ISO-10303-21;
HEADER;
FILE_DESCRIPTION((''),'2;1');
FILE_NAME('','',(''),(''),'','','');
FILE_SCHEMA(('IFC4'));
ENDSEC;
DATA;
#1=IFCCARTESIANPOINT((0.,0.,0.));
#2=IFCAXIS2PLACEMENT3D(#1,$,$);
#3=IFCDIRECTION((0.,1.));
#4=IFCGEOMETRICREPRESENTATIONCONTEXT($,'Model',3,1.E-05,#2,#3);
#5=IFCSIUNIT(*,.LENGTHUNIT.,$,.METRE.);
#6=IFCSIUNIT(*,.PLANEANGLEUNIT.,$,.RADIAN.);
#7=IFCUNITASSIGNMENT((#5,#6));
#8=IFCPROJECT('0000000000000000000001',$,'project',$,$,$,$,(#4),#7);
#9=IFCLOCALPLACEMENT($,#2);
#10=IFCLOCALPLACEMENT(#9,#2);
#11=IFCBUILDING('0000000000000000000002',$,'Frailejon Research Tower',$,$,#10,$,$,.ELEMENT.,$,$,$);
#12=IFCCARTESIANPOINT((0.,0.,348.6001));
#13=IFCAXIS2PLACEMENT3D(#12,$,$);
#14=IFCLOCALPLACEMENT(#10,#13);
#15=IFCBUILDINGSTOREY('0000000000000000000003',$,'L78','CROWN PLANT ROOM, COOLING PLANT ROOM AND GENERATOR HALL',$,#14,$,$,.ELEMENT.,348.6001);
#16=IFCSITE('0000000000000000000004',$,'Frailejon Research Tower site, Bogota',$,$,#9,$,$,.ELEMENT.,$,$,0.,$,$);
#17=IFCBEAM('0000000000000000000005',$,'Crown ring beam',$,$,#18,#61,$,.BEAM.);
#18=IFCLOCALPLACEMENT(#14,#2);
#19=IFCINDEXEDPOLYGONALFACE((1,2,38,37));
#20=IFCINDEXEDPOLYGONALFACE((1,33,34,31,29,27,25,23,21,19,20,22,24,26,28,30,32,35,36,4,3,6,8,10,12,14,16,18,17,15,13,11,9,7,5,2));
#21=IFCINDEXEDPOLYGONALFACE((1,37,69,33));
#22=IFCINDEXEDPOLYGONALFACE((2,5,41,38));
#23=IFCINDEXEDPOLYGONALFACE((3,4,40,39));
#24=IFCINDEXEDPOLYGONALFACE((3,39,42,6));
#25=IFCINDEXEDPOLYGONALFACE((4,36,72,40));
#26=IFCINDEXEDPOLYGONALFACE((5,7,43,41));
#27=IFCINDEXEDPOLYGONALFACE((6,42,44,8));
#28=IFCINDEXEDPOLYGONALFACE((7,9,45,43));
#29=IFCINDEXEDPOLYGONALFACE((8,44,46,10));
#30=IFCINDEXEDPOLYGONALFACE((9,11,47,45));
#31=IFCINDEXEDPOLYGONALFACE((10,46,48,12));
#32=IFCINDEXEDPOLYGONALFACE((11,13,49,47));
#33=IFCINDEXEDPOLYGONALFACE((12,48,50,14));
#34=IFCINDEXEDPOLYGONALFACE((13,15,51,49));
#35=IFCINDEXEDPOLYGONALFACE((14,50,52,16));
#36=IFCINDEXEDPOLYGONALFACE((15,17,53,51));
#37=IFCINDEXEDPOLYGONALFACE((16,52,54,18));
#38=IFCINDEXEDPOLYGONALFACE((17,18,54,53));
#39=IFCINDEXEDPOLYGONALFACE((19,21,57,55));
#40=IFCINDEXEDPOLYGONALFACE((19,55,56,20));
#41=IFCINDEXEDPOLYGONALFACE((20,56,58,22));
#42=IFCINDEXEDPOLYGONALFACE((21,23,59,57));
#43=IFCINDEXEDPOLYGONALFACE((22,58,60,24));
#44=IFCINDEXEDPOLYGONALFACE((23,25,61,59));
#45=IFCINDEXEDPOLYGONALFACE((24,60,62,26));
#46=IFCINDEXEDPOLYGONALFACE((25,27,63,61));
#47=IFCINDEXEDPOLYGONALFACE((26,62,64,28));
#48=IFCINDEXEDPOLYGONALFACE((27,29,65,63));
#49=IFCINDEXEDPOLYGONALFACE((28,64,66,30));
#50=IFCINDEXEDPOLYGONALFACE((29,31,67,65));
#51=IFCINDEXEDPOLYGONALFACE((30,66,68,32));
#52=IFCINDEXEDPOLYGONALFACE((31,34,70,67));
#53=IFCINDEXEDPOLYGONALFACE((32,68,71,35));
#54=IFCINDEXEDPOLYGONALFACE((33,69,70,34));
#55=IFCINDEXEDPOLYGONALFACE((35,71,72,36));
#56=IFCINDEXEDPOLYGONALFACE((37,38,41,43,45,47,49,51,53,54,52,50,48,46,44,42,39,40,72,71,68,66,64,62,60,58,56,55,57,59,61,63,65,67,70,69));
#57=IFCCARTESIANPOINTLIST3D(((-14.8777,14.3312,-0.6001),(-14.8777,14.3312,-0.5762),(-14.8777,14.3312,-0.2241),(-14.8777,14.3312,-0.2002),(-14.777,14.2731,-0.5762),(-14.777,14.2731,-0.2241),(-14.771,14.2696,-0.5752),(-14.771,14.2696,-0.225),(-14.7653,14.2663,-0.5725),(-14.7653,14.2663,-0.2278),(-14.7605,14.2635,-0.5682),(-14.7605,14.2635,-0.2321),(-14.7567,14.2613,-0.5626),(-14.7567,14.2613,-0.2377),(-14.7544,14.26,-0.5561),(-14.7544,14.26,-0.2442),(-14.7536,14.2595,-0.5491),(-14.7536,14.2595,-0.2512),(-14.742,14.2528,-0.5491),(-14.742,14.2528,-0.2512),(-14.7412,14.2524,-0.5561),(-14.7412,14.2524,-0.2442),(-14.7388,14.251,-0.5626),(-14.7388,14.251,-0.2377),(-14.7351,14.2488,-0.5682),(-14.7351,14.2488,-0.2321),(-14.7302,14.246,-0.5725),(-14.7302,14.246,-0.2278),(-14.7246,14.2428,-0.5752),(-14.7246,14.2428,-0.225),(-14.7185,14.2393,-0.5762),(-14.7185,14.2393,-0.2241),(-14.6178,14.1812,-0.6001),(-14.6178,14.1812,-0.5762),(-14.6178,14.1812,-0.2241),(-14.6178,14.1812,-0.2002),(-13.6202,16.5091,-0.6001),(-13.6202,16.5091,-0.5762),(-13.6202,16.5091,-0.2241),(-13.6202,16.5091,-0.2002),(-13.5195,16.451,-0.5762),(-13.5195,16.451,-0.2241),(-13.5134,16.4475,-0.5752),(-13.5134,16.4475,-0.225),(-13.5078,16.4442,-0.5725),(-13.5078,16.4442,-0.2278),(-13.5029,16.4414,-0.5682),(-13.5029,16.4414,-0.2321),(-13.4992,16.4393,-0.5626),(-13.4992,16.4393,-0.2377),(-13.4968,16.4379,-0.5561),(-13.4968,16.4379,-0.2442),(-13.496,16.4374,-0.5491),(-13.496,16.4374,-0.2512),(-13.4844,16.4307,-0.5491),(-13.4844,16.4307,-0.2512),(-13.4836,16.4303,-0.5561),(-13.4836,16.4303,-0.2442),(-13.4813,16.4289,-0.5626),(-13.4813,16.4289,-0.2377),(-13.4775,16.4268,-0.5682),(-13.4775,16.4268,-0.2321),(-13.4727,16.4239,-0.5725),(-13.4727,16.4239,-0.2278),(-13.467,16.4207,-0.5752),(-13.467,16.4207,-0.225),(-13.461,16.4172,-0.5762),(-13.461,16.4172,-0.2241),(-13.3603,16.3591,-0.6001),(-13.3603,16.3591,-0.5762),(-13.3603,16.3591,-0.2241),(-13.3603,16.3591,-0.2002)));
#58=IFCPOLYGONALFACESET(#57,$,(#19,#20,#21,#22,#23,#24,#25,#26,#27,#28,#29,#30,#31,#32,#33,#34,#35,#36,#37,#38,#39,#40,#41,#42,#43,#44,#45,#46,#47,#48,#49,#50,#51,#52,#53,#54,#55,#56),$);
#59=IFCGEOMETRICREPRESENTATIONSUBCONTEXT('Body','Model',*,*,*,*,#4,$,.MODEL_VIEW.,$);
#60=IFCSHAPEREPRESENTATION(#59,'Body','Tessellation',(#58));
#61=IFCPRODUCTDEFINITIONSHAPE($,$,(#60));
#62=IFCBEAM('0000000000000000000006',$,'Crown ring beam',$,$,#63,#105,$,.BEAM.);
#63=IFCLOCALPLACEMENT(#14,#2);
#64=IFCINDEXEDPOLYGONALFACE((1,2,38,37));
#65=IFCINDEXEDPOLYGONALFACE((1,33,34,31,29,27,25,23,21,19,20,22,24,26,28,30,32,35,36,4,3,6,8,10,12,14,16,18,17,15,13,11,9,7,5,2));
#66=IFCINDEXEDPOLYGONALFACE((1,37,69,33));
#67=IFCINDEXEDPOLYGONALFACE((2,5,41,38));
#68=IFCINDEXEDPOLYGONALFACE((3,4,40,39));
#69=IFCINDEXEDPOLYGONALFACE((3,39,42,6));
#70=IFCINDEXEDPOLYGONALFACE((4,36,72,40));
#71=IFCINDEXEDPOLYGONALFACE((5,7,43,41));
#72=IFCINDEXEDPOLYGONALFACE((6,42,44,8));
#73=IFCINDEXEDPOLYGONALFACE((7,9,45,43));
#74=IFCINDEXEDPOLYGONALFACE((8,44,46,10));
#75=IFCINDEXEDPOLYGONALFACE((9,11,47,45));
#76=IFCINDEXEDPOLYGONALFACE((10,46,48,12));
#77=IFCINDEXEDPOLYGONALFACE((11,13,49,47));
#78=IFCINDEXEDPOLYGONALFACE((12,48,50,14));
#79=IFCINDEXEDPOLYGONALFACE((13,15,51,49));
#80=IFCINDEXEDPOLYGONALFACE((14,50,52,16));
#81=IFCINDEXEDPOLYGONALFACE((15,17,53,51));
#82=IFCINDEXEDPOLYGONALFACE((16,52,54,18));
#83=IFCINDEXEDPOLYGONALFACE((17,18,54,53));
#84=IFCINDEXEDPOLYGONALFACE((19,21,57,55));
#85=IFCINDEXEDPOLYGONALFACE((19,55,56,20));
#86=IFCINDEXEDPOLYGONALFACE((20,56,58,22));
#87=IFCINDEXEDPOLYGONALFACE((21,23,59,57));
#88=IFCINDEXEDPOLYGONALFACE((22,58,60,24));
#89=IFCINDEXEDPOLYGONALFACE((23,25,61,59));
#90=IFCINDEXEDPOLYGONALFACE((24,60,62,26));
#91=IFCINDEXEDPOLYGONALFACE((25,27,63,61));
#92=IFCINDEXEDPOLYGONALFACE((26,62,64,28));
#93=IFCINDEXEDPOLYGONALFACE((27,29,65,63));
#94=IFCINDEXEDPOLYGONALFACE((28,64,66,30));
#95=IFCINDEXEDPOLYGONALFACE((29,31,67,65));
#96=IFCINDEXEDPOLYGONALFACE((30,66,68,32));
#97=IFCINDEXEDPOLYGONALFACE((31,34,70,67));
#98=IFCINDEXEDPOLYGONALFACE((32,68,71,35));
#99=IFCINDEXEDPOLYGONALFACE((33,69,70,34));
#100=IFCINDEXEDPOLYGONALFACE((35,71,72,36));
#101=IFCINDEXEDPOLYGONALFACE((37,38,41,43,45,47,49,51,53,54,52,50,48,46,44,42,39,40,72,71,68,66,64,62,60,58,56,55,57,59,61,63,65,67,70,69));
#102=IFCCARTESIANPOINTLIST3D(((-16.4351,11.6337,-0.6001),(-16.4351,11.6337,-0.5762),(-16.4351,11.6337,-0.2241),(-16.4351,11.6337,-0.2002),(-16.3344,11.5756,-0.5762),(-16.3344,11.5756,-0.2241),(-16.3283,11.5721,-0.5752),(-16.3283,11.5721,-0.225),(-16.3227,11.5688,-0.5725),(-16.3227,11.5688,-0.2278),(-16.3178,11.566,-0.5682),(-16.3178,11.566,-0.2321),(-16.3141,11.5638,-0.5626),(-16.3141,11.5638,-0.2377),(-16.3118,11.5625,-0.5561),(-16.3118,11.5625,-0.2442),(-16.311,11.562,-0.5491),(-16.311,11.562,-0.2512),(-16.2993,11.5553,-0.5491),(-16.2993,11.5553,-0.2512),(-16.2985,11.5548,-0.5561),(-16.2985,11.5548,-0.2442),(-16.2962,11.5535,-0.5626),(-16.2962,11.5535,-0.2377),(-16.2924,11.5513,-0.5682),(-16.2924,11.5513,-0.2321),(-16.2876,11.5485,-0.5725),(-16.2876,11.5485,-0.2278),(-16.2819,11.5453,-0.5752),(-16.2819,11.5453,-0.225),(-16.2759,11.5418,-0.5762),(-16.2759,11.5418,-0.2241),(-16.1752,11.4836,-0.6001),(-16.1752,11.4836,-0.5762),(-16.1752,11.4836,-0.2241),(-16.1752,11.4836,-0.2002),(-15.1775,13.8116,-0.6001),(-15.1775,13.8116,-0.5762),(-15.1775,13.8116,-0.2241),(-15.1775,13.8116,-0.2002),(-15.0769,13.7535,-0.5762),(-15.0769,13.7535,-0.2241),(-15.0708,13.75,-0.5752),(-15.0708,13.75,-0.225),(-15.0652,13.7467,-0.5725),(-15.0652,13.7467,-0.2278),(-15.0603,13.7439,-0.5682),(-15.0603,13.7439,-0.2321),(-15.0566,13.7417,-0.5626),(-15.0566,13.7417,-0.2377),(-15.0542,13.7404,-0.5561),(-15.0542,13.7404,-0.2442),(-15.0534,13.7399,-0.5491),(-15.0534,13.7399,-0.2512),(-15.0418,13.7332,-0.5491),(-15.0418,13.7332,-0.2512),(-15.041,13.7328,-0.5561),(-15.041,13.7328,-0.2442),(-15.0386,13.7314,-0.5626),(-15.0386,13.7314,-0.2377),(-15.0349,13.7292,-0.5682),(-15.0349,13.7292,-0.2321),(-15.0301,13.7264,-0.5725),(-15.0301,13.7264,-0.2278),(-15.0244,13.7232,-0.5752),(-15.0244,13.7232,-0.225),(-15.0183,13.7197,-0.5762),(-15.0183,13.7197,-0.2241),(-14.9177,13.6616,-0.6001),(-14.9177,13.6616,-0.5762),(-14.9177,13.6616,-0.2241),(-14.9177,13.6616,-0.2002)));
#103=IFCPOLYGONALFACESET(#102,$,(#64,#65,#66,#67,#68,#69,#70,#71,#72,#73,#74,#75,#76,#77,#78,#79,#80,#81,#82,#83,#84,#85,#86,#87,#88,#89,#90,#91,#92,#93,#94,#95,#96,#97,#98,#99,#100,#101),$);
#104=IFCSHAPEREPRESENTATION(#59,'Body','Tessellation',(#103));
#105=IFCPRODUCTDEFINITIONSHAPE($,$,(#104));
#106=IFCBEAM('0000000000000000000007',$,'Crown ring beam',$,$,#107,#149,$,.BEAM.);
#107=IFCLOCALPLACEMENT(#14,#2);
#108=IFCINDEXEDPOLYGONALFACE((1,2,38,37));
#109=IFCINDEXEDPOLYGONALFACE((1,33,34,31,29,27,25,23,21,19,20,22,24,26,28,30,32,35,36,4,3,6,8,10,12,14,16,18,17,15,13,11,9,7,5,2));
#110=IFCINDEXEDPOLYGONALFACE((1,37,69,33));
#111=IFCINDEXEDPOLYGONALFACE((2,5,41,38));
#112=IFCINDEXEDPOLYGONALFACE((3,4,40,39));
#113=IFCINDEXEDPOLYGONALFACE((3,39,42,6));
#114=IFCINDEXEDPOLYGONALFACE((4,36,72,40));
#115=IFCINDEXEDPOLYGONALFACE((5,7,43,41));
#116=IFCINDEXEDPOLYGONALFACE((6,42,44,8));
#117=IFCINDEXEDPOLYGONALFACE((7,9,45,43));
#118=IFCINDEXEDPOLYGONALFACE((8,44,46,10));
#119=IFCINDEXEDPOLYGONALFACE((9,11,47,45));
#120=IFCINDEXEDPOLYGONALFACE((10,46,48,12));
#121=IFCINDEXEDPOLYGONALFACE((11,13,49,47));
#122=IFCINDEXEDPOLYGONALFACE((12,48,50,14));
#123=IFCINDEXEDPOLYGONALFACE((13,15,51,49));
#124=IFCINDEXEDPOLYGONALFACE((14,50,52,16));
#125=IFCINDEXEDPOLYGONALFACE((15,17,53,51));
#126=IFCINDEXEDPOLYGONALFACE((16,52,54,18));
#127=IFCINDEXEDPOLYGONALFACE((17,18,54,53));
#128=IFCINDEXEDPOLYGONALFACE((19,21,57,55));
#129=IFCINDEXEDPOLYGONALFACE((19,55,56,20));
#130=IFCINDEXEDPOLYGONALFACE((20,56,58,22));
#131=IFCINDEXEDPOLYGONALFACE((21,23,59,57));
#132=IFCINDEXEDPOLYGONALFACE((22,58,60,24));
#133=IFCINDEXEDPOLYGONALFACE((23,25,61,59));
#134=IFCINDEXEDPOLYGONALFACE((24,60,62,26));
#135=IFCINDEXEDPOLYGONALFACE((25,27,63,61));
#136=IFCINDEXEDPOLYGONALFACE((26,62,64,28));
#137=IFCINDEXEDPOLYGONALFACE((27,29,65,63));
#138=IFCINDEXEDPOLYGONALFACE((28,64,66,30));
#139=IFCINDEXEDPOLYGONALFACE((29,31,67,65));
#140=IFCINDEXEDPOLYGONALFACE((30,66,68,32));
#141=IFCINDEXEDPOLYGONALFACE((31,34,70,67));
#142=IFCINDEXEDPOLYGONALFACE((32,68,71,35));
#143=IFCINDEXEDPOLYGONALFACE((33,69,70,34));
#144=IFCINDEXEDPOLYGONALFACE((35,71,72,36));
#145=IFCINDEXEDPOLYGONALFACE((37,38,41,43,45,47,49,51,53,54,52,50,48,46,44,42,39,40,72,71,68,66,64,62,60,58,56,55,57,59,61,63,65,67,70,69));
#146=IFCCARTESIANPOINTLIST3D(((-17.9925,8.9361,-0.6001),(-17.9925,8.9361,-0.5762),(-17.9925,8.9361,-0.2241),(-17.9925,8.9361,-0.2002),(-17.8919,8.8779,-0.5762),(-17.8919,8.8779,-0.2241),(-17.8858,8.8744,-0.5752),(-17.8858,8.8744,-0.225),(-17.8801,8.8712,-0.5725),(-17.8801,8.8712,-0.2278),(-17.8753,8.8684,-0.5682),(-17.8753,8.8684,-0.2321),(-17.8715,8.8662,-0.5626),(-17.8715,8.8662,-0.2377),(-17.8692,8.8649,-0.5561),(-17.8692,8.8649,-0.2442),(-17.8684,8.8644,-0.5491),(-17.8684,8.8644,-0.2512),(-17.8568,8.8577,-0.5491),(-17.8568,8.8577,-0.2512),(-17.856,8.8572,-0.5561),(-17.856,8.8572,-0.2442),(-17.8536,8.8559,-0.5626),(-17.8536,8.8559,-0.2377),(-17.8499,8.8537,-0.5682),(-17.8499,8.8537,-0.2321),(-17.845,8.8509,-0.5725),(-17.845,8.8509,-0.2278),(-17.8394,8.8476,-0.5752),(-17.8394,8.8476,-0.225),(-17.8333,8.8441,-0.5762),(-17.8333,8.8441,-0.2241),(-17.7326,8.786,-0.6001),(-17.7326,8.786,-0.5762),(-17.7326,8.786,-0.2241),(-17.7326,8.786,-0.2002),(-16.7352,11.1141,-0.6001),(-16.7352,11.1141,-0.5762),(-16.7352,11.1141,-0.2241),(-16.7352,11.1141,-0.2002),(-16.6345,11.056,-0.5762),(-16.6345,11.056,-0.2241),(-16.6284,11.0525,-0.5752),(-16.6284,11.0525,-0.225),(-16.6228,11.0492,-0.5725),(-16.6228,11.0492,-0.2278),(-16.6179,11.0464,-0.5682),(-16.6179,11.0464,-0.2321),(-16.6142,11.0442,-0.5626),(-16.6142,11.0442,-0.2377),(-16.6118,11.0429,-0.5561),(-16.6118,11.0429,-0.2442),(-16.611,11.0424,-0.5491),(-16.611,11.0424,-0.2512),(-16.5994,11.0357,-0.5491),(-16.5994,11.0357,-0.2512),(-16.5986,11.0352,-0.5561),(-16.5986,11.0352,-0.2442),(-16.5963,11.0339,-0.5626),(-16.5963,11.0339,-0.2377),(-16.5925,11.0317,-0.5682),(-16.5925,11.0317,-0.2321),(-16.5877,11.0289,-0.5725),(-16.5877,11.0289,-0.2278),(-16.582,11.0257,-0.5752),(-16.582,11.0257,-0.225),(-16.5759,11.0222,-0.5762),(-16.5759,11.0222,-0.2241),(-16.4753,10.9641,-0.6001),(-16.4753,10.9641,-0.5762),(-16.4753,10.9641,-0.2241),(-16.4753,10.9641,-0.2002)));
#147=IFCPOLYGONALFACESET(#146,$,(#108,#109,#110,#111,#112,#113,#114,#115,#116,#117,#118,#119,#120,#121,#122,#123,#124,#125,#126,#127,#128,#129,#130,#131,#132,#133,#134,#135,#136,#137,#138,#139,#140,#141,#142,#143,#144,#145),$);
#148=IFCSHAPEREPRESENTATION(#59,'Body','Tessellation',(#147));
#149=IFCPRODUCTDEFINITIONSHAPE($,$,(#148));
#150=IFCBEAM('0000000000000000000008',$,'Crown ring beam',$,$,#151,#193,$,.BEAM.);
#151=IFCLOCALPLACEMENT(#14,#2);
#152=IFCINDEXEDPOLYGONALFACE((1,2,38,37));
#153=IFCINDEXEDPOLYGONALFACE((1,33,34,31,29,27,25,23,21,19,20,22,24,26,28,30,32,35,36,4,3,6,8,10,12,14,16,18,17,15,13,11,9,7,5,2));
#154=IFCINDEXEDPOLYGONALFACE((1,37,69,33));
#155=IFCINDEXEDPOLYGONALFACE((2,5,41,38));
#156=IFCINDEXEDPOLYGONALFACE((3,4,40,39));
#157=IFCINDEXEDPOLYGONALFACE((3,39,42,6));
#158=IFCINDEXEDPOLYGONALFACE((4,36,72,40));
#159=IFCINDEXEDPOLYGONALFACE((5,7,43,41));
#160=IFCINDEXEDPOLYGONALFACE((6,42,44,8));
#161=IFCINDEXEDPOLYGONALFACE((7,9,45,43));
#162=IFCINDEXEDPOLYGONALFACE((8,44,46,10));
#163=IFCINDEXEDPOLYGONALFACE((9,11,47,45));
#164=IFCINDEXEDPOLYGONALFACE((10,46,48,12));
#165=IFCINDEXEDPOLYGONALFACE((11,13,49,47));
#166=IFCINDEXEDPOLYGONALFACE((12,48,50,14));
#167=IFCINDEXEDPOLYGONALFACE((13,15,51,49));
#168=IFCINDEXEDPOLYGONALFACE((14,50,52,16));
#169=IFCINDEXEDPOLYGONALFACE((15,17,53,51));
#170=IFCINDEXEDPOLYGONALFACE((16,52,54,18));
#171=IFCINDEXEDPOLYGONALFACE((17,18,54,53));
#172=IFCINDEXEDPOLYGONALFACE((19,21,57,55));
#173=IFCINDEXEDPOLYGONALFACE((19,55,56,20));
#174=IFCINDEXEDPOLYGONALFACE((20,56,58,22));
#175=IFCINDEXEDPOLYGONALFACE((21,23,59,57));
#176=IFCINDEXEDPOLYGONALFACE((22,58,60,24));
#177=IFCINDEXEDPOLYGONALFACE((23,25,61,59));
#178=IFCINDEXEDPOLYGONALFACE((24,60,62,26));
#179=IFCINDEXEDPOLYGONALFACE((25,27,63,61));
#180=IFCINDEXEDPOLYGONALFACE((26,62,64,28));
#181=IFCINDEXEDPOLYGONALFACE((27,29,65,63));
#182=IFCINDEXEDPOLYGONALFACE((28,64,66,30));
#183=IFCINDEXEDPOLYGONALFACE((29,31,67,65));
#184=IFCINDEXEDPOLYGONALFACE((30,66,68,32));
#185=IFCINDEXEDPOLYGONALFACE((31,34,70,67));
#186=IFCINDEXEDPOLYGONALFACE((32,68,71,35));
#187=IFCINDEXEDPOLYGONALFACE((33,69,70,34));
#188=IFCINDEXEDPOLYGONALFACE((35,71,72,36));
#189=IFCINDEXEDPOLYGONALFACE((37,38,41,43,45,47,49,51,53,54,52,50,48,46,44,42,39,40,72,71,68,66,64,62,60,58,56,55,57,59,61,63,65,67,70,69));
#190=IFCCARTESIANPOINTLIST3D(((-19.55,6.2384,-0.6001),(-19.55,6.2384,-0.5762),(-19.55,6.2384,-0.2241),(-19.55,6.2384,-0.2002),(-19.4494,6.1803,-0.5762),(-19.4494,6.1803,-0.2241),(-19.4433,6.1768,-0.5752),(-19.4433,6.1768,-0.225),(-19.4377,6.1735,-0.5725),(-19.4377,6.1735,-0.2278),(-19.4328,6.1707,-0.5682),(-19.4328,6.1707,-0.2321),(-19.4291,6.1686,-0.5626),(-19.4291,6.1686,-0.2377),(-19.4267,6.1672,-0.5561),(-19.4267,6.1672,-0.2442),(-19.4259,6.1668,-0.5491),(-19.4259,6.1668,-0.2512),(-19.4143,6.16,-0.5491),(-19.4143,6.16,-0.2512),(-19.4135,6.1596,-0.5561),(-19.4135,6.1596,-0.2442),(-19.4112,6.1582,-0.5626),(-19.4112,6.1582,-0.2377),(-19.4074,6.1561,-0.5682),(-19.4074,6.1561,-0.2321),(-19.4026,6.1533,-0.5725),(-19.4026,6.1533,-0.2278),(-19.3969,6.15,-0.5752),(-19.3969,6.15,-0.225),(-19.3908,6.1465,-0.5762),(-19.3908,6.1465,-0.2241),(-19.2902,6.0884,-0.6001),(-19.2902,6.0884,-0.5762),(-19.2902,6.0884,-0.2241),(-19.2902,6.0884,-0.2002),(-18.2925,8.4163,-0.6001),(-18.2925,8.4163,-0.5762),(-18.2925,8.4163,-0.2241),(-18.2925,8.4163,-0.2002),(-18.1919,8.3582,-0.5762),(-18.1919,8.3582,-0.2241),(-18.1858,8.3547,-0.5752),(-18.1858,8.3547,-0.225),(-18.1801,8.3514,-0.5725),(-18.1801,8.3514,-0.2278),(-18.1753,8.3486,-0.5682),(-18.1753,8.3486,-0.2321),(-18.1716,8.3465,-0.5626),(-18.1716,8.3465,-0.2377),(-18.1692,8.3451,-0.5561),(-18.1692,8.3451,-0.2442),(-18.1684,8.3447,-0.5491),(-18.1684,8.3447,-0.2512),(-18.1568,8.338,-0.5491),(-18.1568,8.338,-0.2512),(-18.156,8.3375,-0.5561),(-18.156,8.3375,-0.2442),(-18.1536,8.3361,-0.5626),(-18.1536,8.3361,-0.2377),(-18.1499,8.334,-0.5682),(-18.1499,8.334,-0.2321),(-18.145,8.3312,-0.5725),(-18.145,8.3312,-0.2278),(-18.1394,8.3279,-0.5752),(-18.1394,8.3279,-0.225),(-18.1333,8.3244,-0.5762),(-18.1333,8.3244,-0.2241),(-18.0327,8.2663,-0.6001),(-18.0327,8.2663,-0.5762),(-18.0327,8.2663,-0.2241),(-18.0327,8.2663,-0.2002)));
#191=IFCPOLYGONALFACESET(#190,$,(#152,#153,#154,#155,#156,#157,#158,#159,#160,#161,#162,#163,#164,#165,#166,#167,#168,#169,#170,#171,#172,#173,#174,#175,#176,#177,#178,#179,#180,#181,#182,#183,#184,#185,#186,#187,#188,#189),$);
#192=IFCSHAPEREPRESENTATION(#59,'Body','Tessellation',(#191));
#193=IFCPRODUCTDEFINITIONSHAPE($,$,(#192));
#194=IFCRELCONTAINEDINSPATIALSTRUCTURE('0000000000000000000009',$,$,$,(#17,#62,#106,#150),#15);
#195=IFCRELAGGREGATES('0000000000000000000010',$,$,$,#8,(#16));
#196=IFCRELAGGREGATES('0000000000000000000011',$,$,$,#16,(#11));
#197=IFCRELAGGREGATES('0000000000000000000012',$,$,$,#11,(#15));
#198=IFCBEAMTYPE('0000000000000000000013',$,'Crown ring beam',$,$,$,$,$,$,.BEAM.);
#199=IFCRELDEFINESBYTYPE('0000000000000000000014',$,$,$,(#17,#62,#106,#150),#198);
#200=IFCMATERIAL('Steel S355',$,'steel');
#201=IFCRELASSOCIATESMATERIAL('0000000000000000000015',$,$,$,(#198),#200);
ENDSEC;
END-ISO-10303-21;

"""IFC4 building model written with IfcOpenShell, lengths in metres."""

from ifc_helpers import new_model, si_unit, direction, frame, origin, origin_2d, place, context, subcontext, project, spatial, i_section, extrude, material, material_profile, profile_set, type_object, element, save


model = new_model("IFC4")

# Units and contexts
model_context = context("Model", 3, precision=1e-05, world=origin(), true_north=direction((0.0, 1.0)))
body_context = subcontext(model_context, "Body", "Model", "MODEL_VIEW")
ifc_project = project(units=[si_unit("LENGTHUNIT", "METRE"), si_unit("PLANEANGLEUNIT", "RADIAN")], contexts=[model_context])

# Site, building, storey
site_placement = place(None, origin())
site = spatial("IfcSite", under=ifc_project, at=site_placement, Name="Frailejon Research Tower site, Bogota", CompositionType="ELEMENT", RefElevation=0.0)
building_placement = place(site_placement, origin())
building = spatial("IfcBuilding", under=site, at=building_placement, Name="Frailejon Research Tower", CompositionType="ELEMENT")
storey_placement = place(building_placement, frame((0.0, 0.0, 348.6001)))
storey = spatial("IfcBuildingStorey", under=building, at=storey_placement, Name="L78", Description="CROWN PLANT ROOM, COOLING PLANT ROOM AND GENERATOR HALL", CompositionType="ELEMENT", Elevation=348.6001)

# Beams
ifc_material_1 = material(Name="Steel S355", Category="steel")
ifc_material_profile_1 = material_profile(ifc_material_1, i_section(OverallWidth=0.3, OverallDepth=0.3999, WebThickness=0.0134, FlangeThickness=0.0239, FilletRadius=0.0271, at=origin_2d()), Name="HE 400 B")
ifc_profile_set_1 = profile_set([ifc_material_profile_1], Name="Steel S355")
beam_type_1 = type_object("IfcBeamType", Name="Crown ring beam", PredefinedType="BEAM", material=ifc_profile_set_1)
for number, where, z_axis, x_axis, name in (
    (1, (-13.4902, 16.4341, -0.4001), (-0.500033, -0.866006, 0.0), (0.866006, -0.500033, 0.0), "Crown ring beam"),
    (2, (-15.0476, 13.7366, -0.4001), (-0.500033, -0.866006, 0.0), (0.866006, -0.500033, 0.0), "Crown ring beam"),
    (3, (-16.6052, 11.0391, -0.4001), (-0.499961, -0.866048, 0.0), (0.866048, -0.499961, 0.0), "Crown ring beam"),
    (4, (-18.1626, 8.3413, -0.4001), (-0.500033, -0.866006, 0.0), (0.866006, -0.500033, 0.0), "Crown ring beam"),
):
    element("IfcBeam", number, at=place(storey_placement, frame(where, z_axis=z_axis, x_axis=x_axis)), inside=storey, type_object=beam_type_1, Name=name, PredefinedType="BEAM", context=body_context, shape_type="SweptSolid", body=[
        extrude(i_section(OverallWidth=0.3, OverallDepth=0.3999, WebThickness=0.0134, FlangeThickness=0.0239, FilletRadius=0.0271, at=origin_2d()), origin(), (0.0, 0.0, 1.0), 2.5149),
    ])

save(model, "model.ifc")
